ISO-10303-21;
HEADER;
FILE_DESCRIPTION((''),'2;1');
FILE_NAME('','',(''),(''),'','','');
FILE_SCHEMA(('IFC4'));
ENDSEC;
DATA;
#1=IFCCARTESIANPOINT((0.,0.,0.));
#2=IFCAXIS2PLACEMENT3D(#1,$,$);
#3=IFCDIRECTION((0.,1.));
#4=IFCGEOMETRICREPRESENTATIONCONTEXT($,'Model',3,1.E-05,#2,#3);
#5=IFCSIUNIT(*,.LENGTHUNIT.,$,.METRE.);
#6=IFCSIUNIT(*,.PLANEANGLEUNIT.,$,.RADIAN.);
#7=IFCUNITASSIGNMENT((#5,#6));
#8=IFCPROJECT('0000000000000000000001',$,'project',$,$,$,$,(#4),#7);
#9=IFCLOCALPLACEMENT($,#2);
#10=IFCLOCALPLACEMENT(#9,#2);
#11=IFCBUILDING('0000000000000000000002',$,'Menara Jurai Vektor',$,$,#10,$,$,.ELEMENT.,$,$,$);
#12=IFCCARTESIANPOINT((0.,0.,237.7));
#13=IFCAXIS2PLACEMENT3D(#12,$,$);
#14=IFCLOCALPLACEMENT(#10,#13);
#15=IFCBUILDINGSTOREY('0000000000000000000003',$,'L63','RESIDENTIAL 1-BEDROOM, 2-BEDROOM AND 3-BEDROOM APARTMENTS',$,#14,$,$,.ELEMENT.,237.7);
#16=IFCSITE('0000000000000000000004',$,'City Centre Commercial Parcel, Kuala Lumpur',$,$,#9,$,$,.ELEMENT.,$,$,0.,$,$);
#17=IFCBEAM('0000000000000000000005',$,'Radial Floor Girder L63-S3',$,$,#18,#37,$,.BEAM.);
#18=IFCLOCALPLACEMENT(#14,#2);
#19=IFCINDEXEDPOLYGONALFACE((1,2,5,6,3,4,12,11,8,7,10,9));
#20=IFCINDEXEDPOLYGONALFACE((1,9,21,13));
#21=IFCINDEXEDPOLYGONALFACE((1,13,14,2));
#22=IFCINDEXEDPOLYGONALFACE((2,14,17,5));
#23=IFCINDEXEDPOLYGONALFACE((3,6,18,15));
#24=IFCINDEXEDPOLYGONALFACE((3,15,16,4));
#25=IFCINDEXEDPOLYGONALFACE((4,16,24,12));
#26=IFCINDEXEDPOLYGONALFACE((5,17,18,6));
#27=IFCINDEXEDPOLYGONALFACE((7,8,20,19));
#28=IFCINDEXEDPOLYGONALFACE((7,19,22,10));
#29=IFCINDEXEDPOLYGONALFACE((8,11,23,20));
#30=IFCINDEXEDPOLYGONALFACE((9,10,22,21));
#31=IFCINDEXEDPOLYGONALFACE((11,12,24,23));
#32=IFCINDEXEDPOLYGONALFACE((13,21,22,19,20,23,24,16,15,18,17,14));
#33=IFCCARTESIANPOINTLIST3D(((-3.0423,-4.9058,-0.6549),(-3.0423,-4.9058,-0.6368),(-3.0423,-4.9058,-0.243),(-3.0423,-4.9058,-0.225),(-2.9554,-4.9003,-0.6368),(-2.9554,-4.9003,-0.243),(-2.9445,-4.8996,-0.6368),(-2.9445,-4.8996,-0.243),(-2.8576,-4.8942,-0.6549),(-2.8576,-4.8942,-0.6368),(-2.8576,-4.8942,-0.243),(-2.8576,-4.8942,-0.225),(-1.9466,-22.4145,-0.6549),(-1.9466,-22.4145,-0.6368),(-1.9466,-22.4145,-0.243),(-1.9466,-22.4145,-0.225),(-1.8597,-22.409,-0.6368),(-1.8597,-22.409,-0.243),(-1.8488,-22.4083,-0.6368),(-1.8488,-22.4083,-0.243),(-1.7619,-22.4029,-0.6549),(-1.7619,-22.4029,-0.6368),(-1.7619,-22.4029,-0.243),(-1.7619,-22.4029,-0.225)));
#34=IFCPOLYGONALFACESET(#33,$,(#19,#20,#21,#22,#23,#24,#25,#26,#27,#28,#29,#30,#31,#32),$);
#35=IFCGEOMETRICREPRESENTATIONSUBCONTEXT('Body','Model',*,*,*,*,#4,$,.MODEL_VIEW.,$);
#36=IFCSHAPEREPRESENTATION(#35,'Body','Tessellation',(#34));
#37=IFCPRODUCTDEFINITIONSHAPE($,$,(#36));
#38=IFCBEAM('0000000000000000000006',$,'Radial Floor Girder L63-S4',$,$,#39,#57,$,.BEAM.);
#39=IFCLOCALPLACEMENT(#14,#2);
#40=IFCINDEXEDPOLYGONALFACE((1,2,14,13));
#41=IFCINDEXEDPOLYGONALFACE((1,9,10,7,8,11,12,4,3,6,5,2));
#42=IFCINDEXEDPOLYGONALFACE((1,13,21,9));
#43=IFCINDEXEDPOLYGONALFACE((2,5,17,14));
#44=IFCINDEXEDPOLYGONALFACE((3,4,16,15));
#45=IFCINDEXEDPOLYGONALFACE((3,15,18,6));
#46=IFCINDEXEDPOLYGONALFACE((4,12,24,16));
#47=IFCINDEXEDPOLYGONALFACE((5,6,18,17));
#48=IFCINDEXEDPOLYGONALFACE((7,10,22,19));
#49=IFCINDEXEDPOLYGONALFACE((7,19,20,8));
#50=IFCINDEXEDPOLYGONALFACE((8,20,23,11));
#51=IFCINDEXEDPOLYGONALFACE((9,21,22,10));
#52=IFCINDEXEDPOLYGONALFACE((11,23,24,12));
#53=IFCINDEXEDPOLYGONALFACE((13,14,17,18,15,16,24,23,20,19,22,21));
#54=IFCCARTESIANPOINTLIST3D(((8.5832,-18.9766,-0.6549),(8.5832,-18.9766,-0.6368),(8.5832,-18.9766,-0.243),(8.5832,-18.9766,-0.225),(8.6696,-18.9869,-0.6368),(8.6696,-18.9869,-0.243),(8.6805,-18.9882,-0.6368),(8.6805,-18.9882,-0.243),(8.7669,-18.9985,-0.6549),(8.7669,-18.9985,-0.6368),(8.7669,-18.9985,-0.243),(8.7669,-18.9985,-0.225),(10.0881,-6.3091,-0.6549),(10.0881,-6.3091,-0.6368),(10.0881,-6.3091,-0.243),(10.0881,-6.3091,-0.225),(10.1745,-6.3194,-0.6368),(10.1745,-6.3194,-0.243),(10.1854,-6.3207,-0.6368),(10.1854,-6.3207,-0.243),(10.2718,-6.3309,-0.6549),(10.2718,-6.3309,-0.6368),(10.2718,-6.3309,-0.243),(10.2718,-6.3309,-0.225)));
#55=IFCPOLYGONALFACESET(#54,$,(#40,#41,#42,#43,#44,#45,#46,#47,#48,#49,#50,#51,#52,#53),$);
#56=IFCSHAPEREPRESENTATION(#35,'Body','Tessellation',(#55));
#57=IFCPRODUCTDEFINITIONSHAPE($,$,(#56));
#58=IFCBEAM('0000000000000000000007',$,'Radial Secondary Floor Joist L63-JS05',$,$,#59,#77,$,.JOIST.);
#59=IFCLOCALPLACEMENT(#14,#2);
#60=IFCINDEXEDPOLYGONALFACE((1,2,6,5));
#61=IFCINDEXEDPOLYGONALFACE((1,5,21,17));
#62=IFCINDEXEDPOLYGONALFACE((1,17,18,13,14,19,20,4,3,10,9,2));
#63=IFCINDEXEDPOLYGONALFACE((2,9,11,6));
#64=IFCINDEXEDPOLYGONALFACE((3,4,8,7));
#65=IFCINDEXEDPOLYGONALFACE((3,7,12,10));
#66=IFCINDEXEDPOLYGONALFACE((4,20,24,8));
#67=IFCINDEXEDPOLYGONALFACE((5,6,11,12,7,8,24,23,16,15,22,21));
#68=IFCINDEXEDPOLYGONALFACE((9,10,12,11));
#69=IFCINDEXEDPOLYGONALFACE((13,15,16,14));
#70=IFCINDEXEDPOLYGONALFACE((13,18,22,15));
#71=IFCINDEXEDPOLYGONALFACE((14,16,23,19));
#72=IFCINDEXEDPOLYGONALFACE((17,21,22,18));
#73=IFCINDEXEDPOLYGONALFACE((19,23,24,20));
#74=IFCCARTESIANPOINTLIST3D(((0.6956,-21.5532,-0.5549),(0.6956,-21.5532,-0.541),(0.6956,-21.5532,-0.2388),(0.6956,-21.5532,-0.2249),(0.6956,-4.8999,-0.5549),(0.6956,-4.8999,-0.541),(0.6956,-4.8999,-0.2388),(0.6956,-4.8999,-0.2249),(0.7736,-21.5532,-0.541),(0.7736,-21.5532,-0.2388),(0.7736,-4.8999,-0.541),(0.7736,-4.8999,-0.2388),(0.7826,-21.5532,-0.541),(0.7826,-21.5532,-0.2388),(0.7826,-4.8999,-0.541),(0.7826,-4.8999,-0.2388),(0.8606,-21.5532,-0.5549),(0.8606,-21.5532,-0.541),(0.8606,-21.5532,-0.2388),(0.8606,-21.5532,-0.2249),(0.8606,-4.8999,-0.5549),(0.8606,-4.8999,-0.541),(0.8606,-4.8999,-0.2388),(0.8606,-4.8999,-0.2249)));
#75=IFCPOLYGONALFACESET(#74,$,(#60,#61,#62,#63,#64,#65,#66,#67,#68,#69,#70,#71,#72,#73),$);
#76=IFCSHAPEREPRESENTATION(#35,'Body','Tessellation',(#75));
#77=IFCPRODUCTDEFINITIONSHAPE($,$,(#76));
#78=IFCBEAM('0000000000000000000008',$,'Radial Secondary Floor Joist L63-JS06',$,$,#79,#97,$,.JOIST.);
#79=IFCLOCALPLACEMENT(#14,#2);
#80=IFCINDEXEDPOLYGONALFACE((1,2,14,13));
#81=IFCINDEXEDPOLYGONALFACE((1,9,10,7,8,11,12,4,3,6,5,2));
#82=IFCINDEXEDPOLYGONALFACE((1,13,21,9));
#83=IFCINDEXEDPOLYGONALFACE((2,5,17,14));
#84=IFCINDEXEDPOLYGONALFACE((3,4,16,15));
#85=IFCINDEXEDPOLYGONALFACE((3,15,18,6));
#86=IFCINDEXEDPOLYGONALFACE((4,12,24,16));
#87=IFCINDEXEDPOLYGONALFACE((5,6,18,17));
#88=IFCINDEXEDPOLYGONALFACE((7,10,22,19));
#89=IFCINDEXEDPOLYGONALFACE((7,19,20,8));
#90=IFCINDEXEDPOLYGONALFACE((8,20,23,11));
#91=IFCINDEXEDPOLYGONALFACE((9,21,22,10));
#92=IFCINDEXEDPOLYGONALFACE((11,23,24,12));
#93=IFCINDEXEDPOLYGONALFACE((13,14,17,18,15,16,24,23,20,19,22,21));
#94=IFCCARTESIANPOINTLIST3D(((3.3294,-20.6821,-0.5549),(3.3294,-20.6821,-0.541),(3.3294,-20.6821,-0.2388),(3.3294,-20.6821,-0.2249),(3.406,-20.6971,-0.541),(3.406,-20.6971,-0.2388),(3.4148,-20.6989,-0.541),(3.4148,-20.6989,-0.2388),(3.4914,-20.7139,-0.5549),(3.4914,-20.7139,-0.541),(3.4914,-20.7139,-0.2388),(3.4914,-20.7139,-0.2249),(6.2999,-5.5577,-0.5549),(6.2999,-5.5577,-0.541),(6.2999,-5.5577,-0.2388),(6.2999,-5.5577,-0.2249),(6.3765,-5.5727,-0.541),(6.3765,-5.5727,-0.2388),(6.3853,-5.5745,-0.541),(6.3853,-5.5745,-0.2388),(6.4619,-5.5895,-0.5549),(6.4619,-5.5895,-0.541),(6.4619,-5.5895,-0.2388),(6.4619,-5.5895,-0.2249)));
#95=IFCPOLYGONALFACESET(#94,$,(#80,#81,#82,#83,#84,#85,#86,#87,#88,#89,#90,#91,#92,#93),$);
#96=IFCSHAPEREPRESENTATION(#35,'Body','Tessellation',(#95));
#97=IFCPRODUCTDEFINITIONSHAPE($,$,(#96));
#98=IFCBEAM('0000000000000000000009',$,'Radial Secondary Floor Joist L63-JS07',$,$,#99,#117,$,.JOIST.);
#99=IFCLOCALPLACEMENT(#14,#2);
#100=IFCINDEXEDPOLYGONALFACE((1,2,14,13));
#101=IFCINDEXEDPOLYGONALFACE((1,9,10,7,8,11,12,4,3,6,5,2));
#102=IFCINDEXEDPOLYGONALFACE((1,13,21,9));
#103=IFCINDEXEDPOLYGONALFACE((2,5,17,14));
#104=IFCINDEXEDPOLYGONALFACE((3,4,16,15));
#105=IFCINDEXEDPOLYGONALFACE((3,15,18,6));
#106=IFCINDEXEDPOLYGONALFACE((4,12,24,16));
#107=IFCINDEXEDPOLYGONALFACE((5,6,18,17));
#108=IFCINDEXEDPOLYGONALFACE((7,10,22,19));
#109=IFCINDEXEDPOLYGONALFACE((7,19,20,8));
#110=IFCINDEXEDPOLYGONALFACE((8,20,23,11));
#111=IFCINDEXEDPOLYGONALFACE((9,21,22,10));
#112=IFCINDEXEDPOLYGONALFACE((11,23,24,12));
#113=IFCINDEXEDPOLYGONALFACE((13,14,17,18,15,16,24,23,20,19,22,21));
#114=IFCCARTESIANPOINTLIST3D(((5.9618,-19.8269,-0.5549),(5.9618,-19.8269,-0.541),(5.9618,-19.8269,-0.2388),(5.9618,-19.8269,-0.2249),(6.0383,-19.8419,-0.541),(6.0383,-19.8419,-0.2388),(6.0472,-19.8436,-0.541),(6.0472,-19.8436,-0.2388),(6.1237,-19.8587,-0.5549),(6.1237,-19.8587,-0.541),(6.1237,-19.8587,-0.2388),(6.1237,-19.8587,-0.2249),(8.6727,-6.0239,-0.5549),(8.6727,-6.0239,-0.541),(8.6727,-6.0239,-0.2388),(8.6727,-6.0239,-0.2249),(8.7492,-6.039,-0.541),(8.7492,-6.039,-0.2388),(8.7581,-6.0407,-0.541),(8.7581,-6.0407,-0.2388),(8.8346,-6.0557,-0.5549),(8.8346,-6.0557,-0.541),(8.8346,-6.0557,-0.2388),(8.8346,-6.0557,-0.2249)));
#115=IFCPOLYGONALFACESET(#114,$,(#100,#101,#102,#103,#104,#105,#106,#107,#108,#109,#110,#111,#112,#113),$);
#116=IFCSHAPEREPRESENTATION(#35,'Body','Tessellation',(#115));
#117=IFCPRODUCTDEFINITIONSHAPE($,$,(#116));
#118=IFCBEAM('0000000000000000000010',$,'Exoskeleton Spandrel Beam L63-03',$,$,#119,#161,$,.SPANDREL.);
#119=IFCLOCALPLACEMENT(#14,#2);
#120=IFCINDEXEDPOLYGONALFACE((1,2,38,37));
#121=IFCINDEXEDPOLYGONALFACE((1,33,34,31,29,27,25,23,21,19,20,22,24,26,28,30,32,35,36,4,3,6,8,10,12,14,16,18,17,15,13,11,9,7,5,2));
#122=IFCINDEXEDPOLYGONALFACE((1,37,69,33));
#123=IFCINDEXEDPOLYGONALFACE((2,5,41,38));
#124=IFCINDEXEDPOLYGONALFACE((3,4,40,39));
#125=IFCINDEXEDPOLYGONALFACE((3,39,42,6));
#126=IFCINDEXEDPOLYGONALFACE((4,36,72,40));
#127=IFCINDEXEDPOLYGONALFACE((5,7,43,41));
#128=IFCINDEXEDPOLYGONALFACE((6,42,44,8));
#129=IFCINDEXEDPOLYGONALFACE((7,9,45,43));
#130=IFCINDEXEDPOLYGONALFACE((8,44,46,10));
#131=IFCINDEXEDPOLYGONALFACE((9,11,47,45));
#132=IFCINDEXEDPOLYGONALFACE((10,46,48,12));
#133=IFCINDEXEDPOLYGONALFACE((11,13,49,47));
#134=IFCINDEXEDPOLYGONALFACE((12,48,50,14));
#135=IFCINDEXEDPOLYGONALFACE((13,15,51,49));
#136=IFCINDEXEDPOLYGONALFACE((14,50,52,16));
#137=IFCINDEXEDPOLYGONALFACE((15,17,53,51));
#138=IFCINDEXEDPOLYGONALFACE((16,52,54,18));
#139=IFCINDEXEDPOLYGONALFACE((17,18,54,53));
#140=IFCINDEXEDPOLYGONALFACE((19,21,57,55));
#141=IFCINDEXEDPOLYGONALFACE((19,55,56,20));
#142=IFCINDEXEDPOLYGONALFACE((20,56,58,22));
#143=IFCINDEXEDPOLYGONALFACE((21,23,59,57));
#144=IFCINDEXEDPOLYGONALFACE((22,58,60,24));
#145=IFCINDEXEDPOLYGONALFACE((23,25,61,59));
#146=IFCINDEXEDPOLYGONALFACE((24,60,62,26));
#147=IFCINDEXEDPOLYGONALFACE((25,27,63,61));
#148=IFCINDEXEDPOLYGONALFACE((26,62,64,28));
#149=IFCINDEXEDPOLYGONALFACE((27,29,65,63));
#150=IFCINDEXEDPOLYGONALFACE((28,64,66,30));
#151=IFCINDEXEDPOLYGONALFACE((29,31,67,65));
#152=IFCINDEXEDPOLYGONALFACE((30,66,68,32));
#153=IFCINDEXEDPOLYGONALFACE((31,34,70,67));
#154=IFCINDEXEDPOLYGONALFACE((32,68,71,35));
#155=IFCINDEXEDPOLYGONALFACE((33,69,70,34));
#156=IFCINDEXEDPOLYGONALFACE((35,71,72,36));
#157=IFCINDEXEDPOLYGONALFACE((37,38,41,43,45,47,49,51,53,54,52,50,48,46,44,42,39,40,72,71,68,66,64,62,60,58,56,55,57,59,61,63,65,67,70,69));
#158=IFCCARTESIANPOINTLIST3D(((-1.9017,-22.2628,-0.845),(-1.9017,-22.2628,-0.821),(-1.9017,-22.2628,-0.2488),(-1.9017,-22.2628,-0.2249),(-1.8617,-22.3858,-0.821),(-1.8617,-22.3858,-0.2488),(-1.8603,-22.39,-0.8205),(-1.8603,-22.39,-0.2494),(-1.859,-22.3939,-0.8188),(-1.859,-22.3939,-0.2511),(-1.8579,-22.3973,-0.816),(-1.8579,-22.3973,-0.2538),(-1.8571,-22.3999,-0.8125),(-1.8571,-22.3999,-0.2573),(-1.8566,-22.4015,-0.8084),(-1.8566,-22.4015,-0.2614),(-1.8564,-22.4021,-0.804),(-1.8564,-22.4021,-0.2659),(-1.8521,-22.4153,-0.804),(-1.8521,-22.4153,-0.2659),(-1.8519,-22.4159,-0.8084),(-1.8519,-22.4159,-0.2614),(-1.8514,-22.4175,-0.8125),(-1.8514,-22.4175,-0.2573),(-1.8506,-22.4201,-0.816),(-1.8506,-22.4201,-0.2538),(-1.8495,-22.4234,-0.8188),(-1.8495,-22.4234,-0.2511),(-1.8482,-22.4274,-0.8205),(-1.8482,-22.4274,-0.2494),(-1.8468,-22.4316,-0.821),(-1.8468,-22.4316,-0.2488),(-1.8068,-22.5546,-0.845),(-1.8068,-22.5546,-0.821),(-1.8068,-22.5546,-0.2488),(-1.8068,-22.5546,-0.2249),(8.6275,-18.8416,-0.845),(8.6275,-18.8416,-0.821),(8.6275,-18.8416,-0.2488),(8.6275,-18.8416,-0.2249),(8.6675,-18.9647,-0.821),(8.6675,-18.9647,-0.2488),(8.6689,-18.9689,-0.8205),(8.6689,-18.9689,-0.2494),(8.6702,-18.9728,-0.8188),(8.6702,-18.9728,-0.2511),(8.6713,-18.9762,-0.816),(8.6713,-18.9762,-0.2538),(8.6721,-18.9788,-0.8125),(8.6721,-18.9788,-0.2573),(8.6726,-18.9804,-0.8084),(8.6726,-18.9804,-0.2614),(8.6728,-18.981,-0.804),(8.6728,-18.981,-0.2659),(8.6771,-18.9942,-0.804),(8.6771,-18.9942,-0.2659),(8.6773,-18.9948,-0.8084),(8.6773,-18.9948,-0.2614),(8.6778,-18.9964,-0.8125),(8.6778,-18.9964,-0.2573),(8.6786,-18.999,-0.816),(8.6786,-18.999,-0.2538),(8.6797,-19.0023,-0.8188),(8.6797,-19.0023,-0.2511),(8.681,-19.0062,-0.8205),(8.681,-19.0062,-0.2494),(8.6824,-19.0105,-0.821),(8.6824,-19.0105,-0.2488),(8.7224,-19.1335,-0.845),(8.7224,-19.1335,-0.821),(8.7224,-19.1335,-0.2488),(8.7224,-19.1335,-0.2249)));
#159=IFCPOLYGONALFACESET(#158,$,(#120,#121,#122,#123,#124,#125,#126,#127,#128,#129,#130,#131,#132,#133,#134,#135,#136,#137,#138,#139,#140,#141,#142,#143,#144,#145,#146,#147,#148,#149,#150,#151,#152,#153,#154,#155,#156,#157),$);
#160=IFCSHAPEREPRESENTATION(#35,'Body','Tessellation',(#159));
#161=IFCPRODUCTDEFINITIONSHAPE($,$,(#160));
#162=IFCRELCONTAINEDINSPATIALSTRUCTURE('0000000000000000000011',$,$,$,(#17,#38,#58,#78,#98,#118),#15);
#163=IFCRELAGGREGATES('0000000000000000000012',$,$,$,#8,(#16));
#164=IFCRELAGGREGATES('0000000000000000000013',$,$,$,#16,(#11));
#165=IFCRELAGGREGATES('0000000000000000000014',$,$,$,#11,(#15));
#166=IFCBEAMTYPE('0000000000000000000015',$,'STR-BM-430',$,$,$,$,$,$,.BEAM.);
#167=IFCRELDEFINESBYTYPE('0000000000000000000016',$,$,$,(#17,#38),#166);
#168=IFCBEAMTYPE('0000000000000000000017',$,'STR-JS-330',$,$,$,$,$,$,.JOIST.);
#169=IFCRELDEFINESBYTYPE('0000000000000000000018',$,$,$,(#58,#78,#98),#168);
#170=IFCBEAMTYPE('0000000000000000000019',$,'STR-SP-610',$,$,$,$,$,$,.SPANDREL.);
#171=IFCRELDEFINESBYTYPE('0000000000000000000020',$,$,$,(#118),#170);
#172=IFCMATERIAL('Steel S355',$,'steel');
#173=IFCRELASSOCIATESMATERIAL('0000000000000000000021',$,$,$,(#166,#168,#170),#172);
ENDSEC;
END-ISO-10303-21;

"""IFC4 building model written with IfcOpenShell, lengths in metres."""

from ifc_helpers import new_model, si_unit, direction, frame, origin, origin_2d, place, context, subcontext, project, spatial, i_section, extrude, material, material_profile, profile_set, type_object, element, save


model = new_model("IFC4")

# Units and contexts
model_context = context("Model", 3, precision=1e-05, world=origin(), true_north=direction((0.0, 1.0)))
body_context = subcontext(model_context, "Body", "Model", "MODEL_VIEW")
ifc_project = project(units=[si_unit("LENGTHUNIT", "METRE"), si_unit("PLANEANGLEUNIT", "RADIAN")], contexts=[model_context])

# Site, building, storey
site_placement = place(None, origin())
site = spatial("IfcSite", under=ifc_project, at=site_placement, Name="City Centre Commercial Parcel, Kuala Lumpur", CompositionType="ELEMENT", RefElevation=0.0)
building_placement = place(site_placement, origin())
building = spatial("IfcBuilding", under=site, at=building_placement, Name="Menara Jurai Vektor", CompositionType="ELEMENT")
storey_placement = place(building_placement, frame((0.0, 0.0, 237.7)))
storey = spatial("IfcBuildingStorey", under=building, at=storey_placement, Name="L63", Description="RESIDENTIAL 1-BEDROOM, 2-BEDROOM AND 3-BEDROOM APARTMENTS", CompositionType="ELEMENT", Elevation=237.7)

# Beams
ifc_material_1 = material(Name="Steel S355", Category="steel")
ifc_material_profile_1 = material_profile(ifc_material_1, i_section(OverallWidth=0.1851, OverallDepth=0.4299, WebThickness=0.011, FlangeThickness=0.0181, at=origin_2d()), Name="PG 430x185x76")
ifc_profile_set_1 = profile_set([ifc_material_profile_1], Name="Steel S355")
beam_type_1 = type_object("IfcBeamType", Name="STR-BM-430", PredefinedType="BEAM", material=ifc_profile_set_1)
beam_1_placement = place(storey_placement, frame((-1.8542, -22.4087, -0.4399), z_axis=(-0.062458, 0.998048, 0.0), x_axis=(-0.998048, -0.062458, 0.0)))
element("IfcBeam", 1, at=beam_1_placement, inside=storey, type_object=beam_type_1, Name="Radial Floor Girder L63-S3", PredefinedType="BEAM", context=body_context, shape_type="SweptSolid", body=[
    extrude(i_section(OverallWidth=0.1851, OverallDepth=0.4299, WebThickness=0.011, FlangeThickness=0.0181, at=origin_2d()), origin(), (0.0, 0.0, 1.0), 17.543),
])
beam_2_placement = place(storey_placement, frame((8.675, -18.9875, -0.4399), z_axis=(0.117969, 0.993017, 0.0), x_axis=(-0.993017, 0.117969, 0.0)))
element("IfcBeam", 2, at=beam_2_placement, inside=storey, type_object=beam_type_1, Name="Radial Floor Girder L63-S4", PredefinedType="BEAM", context=body_context, shape_type="SweptSolid", body=[
    extrude(i_section(OverallWidth=0.1851, OverallDepth=0.4299, WebThickness=0.011, FlangeThickness=0.0181, at=origin_2d()), origin(), (0.0, 0.0, 1.0), 12.7566),
])
ifc_material_profile_2 = material_profile(ifc_material_1, i_section(OverallWidth=0.165, OverallDepth=0.3301, WebThickness=0.009, FlangeThickness=0.0139, at=origin_2d()), Name="PG 330x165x46")
ifc_profile_set_2 = profile_set([ifc_material_profile_2], Name="Steel S355")
beam_type_2 = type_object("IfcBeamType", Name="STR-JS-330", PredefinedType="JOIST", material=ifc_profile_set_2)
beam_3_placement = place(storey_placement, frame((0.7781, -21.5532, -0.3899), z_axis=(0.0, 1.0, 0.0), x_axis=(-1.0, 0.0, 0.0)))
element("IfcBeam", 3, at=beam_3_placement, inside=storey, type_object=beam_type_2, Name="Radial Secondary Floor Joist L63-JS05", PredefinedType="JOIST", context=body_context, shape_type="SweptSolid", body=[
    extrude(i_section(OverallWidth=0.165, OverallDepth=0.3301, WebThickness=0.009, FlangeThickness=0.0139, at=origin_2d()), origin(), (0.0, 0.0, 1.0), 16.6533),
])
beam_4_placement = place(storey_placement, frame((3.4104, -20.698, -0.3899), z_axis=(0.192722, 0.981253, 0.0), x_axis=(-0.981253, 0.192722, 0.0)))
element("IfcBeam", 4, at=beam_4_placement, inside=storey, type_object=beam_type_2, Name="Radial Secondary Floor Joist L63-JS06", PredefinedType="JOIST", context=body_context, shape_type="SweptSolid", body=[
    extrude(i_section(OverallWidth=0.165, OverallDepth=0.3301, WebThickness=0.009, FlangeThickness=0.0139, at=origin_2d()), origin(), (0.0, 0.0, 1.0), 15.4133),
])
beam_5_placement = place(storey_placement, frame((6.0427, -19.8428, -0.3899), z_axis=(0.192721, 0.981254, 0.0), x_axis=(-0.981254, 0.192721, 0.0)))
element("IfcBeam", 5, at=beam_5_placement, inside=storey, type_object=beam_type_2, Name="Radial Secondary Floor Joist L63-JS07", PredefinedType="JOIST", context=body_context, shape_type="SweptSolid", body=[
    extrude(i_section(OverallWidth=0.165, OverallDepth=0.3301, WebThickness=0.009, FlangeThickness=0.0139, at=origin_2d()), origin(), (0.0, 0.0, 1.0), 14.0667),
])
ifc_material_profile_3 = material_profile(ifc_material_1, i_section(OverallWidth=0.3069, OverallDepth=0.6201, WebThickness=0.0139, FlangeThickness=0.0239, FilletRadius=0.0171, at=origin_2d()), Name="UKB 610x305x179")
ifc_profile_set_3 = profile_set([ifc_material_profile_3], Name="Steel S355")
beam_type_3 = type_object("IfcBeamType", Name="STR-SP-610", PredefinedType="SPANDREL", material=ifc_profile_set_3)
for number, where, z_axis, x_axis, name in (
    (6, (-1.8542, -22.4087, -0.5349), (0.951057, 0.309014, 0.0), (-0.309014, 0.951057, 0.0), "Exoskeleton Spandrel Beam L63-03"),
):
    element("IfcBeam", number, at=place(storey_placement, frame(where, z_axis=z_axis, x_axis=x_axis)), inside=storey, type_object=beam_type_3, Name=name, PredefinedType="SPANDREL", context=body_context, shape_type="SweptSolid", body=[
        extrude(i_section(OverallWidth=0.3069, OverallDepth=0.6201, WebThickness=0.0139, FlangeThickness=0.0239, FilletRadius=0.0171, at=origin_2d()), origin(), (0.0, 0.0, 1.0), 11.071),
    ])

save(model, "model.ifc")
